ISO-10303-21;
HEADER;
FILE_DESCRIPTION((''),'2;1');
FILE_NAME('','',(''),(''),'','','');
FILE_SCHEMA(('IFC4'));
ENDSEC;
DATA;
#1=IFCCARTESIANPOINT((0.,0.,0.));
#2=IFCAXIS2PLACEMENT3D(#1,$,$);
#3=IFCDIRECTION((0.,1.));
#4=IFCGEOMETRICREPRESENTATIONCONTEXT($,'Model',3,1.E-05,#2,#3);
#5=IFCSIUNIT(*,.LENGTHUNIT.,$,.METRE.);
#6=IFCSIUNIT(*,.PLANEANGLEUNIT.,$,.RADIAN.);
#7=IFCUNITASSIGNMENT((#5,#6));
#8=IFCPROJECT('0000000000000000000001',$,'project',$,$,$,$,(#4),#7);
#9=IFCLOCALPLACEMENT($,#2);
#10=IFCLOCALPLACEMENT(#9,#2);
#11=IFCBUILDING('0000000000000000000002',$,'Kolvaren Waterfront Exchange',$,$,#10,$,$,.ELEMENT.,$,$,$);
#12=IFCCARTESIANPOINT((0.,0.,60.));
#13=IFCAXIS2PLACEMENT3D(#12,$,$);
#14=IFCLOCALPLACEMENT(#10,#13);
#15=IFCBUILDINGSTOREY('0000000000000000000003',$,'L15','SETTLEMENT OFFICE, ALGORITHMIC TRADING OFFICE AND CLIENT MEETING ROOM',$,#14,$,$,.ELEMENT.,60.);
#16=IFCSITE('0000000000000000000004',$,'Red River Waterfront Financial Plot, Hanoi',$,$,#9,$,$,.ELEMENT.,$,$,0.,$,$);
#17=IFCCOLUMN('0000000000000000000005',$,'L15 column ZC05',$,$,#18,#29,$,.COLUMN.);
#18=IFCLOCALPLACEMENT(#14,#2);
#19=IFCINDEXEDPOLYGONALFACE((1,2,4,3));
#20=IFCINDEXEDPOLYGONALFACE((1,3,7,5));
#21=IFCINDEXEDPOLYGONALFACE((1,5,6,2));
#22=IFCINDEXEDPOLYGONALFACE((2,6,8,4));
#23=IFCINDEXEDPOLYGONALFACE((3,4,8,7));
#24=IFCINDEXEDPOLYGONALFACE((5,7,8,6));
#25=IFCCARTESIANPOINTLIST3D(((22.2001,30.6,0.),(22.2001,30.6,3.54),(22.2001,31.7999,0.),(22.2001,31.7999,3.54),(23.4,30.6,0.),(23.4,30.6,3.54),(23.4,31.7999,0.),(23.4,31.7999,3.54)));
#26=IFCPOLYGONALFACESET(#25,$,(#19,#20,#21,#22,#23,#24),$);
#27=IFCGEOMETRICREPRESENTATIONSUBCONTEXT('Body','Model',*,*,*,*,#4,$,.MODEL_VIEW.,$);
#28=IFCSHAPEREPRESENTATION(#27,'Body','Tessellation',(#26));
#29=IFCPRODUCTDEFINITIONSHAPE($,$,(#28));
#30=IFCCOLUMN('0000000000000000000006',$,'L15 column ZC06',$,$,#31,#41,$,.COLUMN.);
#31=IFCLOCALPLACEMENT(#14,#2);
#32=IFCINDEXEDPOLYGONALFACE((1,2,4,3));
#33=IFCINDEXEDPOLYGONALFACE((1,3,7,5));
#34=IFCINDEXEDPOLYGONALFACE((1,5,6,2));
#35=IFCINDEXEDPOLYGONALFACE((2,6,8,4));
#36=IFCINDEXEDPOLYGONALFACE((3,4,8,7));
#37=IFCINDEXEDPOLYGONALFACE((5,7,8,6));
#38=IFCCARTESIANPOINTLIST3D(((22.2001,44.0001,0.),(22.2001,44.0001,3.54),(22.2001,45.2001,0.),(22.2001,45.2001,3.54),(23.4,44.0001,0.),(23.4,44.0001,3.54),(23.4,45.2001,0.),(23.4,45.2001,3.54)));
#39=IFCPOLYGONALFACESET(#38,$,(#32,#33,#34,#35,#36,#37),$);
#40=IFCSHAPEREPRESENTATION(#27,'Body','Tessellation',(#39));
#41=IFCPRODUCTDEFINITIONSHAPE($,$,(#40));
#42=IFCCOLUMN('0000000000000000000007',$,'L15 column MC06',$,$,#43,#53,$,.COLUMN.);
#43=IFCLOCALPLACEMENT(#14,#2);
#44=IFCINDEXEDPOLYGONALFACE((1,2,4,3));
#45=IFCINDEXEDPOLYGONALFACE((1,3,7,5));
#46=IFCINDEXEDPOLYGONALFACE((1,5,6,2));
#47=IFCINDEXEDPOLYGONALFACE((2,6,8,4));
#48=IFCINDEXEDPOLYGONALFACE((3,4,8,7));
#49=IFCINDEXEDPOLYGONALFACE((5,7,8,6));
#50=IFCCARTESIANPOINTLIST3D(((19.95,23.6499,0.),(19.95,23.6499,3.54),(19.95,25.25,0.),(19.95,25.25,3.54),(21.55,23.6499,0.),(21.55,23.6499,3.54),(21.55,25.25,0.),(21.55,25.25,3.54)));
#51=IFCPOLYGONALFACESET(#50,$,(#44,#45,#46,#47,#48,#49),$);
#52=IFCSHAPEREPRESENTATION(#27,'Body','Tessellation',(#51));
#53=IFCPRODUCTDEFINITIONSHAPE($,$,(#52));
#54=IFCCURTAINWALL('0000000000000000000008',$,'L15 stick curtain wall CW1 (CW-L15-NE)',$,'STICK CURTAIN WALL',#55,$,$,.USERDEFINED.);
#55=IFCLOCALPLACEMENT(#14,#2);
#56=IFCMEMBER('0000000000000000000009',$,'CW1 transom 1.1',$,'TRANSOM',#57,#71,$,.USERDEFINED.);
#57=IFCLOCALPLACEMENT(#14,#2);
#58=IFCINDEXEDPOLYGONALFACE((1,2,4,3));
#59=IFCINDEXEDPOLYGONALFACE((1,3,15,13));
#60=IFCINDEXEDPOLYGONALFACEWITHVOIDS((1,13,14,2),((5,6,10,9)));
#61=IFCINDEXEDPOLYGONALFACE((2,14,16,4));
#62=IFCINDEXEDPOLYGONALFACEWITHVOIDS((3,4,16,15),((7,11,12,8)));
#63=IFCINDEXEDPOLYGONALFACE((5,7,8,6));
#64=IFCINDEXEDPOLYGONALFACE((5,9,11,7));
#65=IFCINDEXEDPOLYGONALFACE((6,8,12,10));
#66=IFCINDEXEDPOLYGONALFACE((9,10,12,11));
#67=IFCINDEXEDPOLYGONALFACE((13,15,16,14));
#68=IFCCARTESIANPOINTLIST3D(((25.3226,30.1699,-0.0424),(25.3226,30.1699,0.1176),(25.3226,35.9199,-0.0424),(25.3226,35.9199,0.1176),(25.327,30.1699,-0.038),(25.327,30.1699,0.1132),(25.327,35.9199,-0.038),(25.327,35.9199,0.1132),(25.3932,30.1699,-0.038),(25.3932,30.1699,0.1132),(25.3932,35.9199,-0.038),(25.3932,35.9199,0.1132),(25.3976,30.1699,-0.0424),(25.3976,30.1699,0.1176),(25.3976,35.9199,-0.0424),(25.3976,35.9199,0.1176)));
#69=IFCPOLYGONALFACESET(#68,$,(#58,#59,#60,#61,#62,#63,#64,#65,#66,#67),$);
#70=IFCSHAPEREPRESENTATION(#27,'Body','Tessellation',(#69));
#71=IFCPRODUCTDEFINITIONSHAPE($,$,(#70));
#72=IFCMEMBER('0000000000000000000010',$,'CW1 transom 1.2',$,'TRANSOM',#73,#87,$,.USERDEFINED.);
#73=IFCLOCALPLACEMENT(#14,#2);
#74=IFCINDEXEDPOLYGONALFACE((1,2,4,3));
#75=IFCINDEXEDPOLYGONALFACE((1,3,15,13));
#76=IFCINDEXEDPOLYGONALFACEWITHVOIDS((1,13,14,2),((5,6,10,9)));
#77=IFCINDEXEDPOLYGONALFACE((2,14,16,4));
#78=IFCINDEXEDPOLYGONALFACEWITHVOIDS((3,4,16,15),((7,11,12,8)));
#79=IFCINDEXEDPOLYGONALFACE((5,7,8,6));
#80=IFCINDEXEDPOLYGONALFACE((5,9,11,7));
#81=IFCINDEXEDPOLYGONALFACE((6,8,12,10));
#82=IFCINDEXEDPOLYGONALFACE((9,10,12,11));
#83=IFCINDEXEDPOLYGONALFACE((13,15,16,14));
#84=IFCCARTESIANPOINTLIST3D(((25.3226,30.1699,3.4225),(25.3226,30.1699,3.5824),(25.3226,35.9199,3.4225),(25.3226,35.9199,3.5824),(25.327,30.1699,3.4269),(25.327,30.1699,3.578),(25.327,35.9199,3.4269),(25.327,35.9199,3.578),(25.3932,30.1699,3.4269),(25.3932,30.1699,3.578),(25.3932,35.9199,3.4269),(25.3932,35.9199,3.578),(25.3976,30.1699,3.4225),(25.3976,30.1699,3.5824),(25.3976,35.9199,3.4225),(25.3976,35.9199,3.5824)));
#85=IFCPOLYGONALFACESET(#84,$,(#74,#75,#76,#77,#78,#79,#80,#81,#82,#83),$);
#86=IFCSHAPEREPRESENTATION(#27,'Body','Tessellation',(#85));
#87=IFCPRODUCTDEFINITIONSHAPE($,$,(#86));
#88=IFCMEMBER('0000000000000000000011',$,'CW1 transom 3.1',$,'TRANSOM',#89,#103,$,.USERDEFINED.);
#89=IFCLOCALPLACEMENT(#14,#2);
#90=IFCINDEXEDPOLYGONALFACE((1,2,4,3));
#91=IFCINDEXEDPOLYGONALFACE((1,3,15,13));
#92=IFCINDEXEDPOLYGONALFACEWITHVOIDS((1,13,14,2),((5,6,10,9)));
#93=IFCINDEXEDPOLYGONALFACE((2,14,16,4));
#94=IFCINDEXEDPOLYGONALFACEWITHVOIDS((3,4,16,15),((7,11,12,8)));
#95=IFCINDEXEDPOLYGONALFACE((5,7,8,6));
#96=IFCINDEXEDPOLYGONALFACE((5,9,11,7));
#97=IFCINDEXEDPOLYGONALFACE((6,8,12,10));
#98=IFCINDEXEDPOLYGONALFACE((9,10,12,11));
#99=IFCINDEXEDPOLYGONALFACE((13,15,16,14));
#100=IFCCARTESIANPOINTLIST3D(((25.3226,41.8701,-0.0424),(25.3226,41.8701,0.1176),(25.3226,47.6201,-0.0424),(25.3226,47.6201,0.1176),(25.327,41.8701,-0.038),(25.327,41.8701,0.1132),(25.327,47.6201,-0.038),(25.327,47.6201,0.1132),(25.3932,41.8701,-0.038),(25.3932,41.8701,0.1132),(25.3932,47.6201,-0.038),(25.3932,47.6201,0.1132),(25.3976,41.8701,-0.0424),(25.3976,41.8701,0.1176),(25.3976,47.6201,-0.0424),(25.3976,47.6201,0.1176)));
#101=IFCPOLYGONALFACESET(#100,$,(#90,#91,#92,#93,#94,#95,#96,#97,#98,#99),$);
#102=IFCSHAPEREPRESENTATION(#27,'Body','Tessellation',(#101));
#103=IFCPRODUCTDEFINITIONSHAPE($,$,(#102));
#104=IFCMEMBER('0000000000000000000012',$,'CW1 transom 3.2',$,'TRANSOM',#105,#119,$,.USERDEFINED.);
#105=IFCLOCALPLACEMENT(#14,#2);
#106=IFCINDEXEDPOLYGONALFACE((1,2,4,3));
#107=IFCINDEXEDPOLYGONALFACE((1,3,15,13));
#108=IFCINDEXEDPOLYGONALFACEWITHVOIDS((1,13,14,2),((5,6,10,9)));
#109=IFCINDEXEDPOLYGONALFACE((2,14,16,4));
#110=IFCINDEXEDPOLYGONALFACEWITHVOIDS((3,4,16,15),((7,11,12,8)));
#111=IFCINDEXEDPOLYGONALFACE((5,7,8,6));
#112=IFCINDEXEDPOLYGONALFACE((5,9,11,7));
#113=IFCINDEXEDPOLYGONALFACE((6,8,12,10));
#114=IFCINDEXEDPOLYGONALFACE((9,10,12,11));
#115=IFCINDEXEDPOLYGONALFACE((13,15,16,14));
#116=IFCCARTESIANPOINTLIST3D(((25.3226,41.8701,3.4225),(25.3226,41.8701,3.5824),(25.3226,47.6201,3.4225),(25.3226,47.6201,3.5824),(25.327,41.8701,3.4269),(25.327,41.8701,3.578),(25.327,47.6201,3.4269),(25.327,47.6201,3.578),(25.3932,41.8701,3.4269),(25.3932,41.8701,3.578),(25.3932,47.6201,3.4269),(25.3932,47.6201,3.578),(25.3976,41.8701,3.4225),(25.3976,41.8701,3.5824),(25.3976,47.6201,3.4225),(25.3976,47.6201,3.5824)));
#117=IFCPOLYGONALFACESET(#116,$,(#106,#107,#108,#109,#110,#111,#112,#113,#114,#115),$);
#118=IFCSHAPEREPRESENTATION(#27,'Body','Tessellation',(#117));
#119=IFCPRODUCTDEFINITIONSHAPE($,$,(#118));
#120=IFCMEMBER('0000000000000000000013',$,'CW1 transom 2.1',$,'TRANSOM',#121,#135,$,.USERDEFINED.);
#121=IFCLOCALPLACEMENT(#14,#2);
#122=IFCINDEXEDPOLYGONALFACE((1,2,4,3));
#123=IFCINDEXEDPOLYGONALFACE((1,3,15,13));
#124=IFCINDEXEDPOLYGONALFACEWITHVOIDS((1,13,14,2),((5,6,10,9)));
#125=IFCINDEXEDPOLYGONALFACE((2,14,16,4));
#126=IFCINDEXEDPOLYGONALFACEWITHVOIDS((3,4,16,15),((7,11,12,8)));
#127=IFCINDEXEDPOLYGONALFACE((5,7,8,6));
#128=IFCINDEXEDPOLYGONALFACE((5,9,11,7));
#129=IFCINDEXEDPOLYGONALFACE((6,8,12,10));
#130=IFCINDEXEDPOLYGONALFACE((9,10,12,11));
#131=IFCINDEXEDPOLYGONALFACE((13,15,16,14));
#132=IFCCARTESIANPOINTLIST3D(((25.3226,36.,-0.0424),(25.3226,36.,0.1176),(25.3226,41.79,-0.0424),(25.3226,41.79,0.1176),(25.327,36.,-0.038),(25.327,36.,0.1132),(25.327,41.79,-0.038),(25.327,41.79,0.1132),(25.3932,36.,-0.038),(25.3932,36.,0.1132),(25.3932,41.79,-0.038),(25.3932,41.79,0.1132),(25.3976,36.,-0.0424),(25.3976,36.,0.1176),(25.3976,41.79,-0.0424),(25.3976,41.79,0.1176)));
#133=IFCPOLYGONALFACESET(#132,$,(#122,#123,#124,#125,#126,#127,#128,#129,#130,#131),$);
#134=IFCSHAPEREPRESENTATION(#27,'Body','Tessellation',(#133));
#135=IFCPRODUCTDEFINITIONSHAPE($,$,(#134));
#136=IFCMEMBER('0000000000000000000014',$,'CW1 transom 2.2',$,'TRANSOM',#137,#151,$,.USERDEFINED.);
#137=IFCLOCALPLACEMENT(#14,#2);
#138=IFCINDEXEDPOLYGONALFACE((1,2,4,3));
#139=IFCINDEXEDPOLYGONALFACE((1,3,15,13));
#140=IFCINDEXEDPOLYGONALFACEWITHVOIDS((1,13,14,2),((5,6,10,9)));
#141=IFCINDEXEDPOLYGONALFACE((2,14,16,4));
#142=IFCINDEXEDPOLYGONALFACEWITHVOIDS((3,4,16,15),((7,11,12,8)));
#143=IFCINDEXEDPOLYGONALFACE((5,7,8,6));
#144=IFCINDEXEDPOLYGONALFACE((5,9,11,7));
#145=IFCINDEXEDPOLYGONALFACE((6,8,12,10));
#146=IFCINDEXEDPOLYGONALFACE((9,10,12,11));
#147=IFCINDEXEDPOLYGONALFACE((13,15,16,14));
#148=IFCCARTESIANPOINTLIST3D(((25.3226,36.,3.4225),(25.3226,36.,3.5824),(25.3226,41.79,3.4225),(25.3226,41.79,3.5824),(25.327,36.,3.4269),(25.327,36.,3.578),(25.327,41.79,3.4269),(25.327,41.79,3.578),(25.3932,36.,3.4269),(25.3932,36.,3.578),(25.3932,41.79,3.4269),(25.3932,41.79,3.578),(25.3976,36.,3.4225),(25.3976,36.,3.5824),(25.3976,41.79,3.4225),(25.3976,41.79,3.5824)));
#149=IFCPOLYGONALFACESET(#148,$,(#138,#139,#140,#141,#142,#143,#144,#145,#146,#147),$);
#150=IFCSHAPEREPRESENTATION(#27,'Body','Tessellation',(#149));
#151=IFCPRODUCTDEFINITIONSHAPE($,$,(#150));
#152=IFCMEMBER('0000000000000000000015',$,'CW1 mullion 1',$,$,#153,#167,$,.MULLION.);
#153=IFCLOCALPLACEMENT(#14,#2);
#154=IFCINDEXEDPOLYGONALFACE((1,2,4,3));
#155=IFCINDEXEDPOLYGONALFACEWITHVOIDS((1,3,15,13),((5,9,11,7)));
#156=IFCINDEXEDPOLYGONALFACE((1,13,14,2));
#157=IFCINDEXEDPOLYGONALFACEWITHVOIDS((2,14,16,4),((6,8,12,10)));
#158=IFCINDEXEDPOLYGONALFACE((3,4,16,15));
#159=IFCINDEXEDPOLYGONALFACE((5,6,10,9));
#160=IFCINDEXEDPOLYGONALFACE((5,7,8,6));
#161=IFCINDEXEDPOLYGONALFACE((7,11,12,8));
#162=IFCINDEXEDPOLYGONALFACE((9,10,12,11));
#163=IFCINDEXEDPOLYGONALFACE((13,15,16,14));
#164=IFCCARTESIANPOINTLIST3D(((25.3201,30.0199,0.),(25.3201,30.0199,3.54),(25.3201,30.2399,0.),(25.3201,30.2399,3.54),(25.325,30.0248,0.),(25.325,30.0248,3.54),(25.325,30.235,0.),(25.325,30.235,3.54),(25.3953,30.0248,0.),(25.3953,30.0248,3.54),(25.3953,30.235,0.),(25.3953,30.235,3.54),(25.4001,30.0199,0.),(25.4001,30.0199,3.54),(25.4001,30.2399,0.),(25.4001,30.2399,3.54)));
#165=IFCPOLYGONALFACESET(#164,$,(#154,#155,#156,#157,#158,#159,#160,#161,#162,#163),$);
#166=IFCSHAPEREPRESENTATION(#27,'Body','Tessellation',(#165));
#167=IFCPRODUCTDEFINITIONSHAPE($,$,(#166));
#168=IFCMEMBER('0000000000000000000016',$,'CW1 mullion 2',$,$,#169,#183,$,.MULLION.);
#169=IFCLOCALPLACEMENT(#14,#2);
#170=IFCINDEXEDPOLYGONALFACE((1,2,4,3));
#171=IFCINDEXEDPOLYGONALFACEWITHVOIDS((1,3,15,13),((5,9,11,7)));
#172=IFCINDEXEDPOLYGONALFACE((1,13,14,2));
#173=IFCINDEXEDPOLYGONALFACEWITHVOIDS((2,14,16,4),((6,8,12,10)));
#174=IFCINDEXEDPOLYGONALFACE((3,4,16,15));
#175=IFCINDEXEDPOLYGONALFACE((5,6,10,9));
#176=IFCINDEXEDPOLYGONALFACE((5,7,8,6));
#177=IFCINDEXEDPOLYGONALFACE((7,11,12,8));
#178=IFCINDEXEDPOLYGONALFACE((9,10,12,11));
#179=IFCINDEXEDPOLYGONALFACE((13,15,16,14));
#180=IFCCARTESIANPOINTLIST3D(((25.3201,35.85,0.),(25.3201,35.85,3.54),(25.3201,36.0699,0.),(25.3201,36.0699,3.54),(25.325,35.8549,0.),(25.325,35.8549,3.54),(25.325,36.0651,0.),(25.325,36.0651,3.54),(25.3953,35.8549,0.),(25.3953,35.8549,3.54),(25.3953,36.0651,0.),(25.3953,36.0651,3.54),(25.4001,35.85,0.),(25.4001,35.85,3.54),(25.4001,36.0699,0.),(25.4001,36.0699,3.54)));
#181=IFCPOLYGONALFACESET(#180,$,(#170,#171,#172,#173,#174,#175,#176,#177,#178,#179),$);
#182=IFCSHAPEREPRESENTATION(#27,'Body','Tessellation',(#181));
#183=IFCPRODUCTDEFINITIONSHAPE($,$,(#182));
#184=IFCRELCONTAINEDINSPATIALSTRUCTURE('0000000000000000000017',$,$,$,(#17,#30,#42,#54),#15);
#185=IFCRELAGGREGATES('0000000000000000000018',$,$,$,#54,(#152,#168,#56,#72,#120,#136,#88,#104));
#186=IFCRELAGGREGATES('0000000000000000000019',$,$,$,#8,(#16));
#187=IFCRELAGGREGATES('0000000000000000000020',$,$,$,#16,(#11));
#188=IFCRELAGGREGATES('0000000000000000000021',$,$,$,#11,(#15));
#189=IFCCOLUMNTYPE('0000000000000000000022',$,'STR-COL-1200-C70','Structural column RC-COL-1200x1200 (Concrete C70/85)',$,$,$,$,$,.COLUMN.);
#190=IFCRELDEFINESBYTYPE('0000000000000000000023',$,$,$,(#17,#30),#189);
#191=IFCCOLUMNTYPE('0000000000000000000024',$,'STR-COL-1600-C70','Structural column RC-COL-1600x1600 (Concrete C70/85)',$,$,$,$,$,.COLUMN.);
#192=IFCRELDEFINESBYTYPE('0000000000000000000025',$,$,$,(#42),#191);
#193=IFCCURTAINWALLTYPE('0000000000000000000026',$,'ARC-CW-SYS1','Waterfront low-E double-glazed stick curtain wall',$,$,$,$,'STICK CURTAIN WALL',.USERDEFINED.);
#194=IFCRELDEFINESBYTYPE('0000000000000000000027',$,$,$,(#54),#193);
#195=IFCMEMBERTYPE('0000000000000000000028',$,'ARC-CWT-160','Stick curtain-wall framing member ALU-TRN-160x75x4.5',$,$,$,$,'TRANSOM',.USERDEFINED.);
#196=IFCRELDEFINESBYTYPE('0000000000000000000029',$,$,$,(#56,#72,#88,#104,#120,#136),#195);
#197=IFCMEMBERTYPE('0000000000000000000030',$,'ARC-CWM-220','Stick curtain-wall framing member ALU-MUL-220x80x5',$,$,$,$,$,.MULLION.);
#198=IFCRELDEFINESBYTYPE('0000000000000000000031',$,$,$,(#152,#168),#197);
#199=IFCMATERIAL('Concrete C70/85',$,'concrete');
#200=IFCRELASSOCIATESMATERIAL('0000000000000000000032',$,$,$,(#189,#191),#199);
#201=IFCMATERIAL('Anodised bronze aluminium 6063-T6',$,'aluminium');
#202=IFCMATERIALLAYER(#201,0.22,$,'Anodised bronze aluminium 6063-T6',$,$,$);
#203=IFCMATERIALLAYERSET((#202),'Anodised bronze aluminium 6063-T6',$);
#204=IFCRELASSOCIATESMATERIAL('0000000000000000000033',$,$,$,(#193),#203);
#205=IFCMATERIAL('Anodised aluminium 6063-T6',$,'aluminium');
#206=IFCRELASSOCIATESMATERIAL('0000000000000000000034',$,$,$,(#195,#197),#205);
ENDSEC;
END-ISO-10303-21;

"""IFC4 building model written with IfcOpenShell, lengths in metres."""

from ifc_helpers import new_model, si_unit, direction, frame, origin, origin_with_axes, origin_2d, place, context, subcontext, project, spatial, rectangle, hollow_rectangle, extrude, source, transform, mapped, material, layer, layer_set, material_profile, profile_set, type_object, element, aggregate, save


model = new_model("IFC4")

# Units and contexts
model_context = context("Model", 3, precision=1e-05, world=origin(), true_north=direction((0.0, 1.0)))
body_context = subcontext(model_context, "Body", "Model", "MODEL_VIEW")
ifc_project = project(units=[si_unit("LENGTHUNIT", "METRE"), si_unit("PLANEANGLEUNIT", "RADIAN")], contexts=[model_context])

# Site, building, storey
site_placement = place(None, origin())
site = spatial("IfcSite", under=ifc_project, at=site_placement, Name="Red River Waterfront Financial Plot, Hanoi", CompositionType="ELEMENT", RefElevation=0.0)
building_placement = place(site_placement, origin())
building = spatial("IfcBuilding", under=site, at=building_placement, Name="Kolvaren Waterfront Exchange", CompositionType="ELEMENT")
storey_placement = place(building_placement, frame((0.0, 0.0, 60.0)))
storey = spatial("IfcBuildingStorey", under=building, at=storey_placement, Name="L15", Description="SETTLEMENT OFFICE, ALGORITHMIC TRADING OFFICE AND CLIENT MEETING ROOM", CompositionType="ELEMENT", Elevation=60.0)

# Columns
ifc_material_1 = material(Name="Concrete C70/85", Category="concrete")
ifc_material_profile_1 = material_profile(ifc_material_1, rectangle(XDim=1.2, YDim=1.2, at=origin_2d()), Name="RC-COL-1200x1200")
ifc_profile_set_1 = profile_set([ifc_material_profile_1], Name="Concrete C70/85")
column_type_1 = type_object("IfcColumnType", Name="STR-COL-1200-C70", Description="Structural column RC-COL-1200x1200 (Concrete C70/85)", PredefinedType="COLUMN", material=ifc_profile_set_1)
for number, where, z_axis, x_axis, name in (
    (1, (22.8, 31.2, 0.0), (0.0, 0.0, 1.0), (1.0, 0.0, 0.0), "L15 column ZC05"),
    (2, (22.8, 44.6001, 0.0), (0.0, 0.0, 1.0), (1.0, 0.0, 0.0), "L15 column ZC06"),
):
    element("IfcColumn", number, at=place(storey_placement, frame(where, z_axis=z_axis, x_axis=x_axis)), inside=storey, type_object=column_type_1, Name=name, PredefinedType="COLUMN", context=body_context, shape_type="SweptSolid", body=[
        extrude(rectangle(XDim=1.2, YDim=1.2, at=origin_2d()), origin(), (0.0, 0.0, 1.0), 3.54),
    ])
ifc_material_profile_2 = material_profile(ifc_material_1, rectangle(XDim=1.6001, YDim=1.6001, at=origin_2d()), Name="RC-COL-1600x1600")
ifc_profile_set_2 = profile_set([ifc_material_profile_2], Name="Concrete C70/85")
column_type_2 = type_object("IfcColumnType", Name="STR-COL-1600-C70", Description="Structural column RC-COL-1600x1600 (Concrete C70/85)", PredefinedType="COLUMN", material=ifc_profile_set_2)
column_placement = place(storey_placement, frame((20.75, 24.45, 0.0), z_axis=(0.0, 0.0, 1.0), x_axis=(1.0, 0.0, 0.0)))
element("IfcColumn", 3, at=column_placement, inside=storey, type_object=column_type_2, Name="L15 column MC06", PredefinedType="COLUMN", context=body_context, shape_type="SweptSolid", body=[
    extrude(rectangle(XDim=1.6001, YDim=1.6001, at=origin_2d()), origin(), (0.0, 0.0, 1.0), 3.54),
])

# Curtain wall, members
ifc_material_2 = material(Name="Anodised bronze aluminium 6063-T6", Category="aluminium")
ifc_layer_1 = layer(ifc_material_2, 0.22, Name="Anodised bronze aluminium 6063-T6")
ifc_layer_set_1 = layer_set([ifc_layer_1], Name="Anodised bronze aluminium 6063-T6")
curtain_wall_type = type_object("IfcCurtainWallType", Name="ARC-CW-SYS1", Description="Waterfront low-E double-glazed stick curtain wall", ElementType="STICK CURTAIN WALL", PredefinedType="USERDEFINED", material=ifc_layer_set_1)
curtain_wall_placement = place(storey_placement, origin())
curtain_wall = element("IfcCurtainWall", 4, at=curtain_wall_placement, inside=storey, type_object=curtain_wall_type, Name="L15 stick curtain wall CW1 (CW-L15-NE)", ObjectType="STICK CURTAIN WALL", PredefinedType="USERDEFINED")
ifc_material_3 = material(Name="Anodised aluminium 6063-T6", Category="aluminium")
ifc_material_profile_3 = material_profile(ifc_material_3, hollow_rectangle(XDim=0.075, YDim=0.1599, WallThickness=0.0044, at=origin_2d()), Name="ALU-TRN-160x75x4.5")
ifc_profile_set_3 = profile_set([ifc_material_profile_3], Name="Anodised aluminium 6063-T6")
member_type_1 = type_object("IfcMemberType", Name="ARC-CWT-160", Description="Stick curtain-wall framing member ALU-TRN-160x75x4.5", ElementType="TRANSOM", PredefinedType="USERDEFINED", material=ifc_profile_set_3)
shared_shape_1 = source(origin_with_axes(), body_context, "Body", "SweptSolid", [
    extrude(hollow_rectangle(XDim=0.075, YDim=0.1599, WallThickness=0.0044, at=origin_2d()), origin(), (0.0, 0.0, 1.0), 5.75),
])
member_1_placement = place(storey_placement, frame((25.3601, 30.1699, 0.0376), z_axis=(0.0, 1.0, 0.0), x_axis=(-1.0, 0.0, 0.0)))
member_1 = element("IfcMember", 5, at=member_1_placement, type_object=member_type_1, Name="CW1 transom 1.1", ObjectType="TRANSOM", PredefinedType="USERDEFINED", context=body_context, shape_type="MappedRepresentation", body=[
    mapped(shared_shape_1, transform((0.0, 0.0, 0.0), x_axis=(1.0, 0.0, 0.0), y_axis=(0.0, 1.0, 0.0), z_axis=(0.0, 0.0, 1.0), scale=1.0)),
])
member_2_placement = place(storey_placement, frame((25.3601, 30.1699, 3.5024), z_axis=(0.0, 1.0, 0.0), x_axis=(-1.0, 0.0, 0.0)))
member_2 = element("IfcMember", 6, at=member_2_placement, type_object=member_type_1, Name="CW1 transom 1.2", ObjectType="TRANSOM", PredefinedType="USERDEFINED", context=body_context, shape_type="MappedRepresentation", body=[
    mapped(shared_shape_1, transform((0.0, 0.0, 0.0), x_axis=(1.0, 0.0, 0.0), y_axis=(0.0, 1.0, 0.0), z_axis=(0.0, 0.0, 1.0), scale=1.0)),
])
member_3_placement = place(storey_placement, frame((25.3601, 41.8701, 0.0376), z_axis=(0.0, 1.0, 0.0), x_axis=(-1.0, 0.0, 0.0)))
member_3 = element("IfcMember", 7, at=member_3_placement, type_object=member_type_1, Name="CW1 transom 3.1", ObjectType="TRANSOM", PredefinedType="USERDEFINED", context=body_context, shape_type="MappedRepresentation", body=[
    mapped(shared_shape_1, transform((0.0, 0.0, 0.0), x_axis=(1.0, 0.0, 0.0), y_axis=(0.0, 1.0, 0.0), z_axis=(0.0, 0.0, 1.0), scale=1.0)),
])
member_4_placement = place(storey_placement, frame((25.3601, 41.8701, 3.5024), z_axis=(0.0, 1.0, 0.0), x_axis=(-1.0, 0.0, 0.0)))
member_4 = element("IfcMember", 8, at=member_4_placement, type_object=member_type_1, Name="CW1 transom 3.2", ObjectType="TRANSOM", PredefinedType="USERDEFINED", context=body_context, shape_type="MappedRepresentation", body=[
    mapped(shared_shape_1, transform((0.0, 0.0, 0.0), x_axis=(1.0, 0.0, 0.0), y_axis=(0.0, 1.0, 0.0), z_axis=(0.0, 0.0, 1.0), scale=1.0)),
])
shared_shape_2 = source(origin_with_axes(), body_context, "Body", "SweptSolid", [
    extrude(hollow_rectangle(XDim=0.075, YDim=0.1599, WallThickness=0.0044, at=origin_2d()), origin(), (0.0, 0.0, 1.0), 5.79),
])
member_5_placement = place(storey_placement, frame((25.3601, 36.0, 0.0376), z_axis=(0.0, 1.0, 0.0), x_axis=(-1.0, 0.0, 0.0)))
member_5 = element("IfcMember", 9, at=member_5_placement, type_object=member_type_1, Name="CW1 transom 2.1", ObjectType="TRANSOM", PredefinedType="USERDEFINED", context=body_context, shape_type="MappedRepresentation", body=[
    mapped(shared_shape_2, transform((0.0, 0.0, 0.0), x_axis=(1.0, 0.0, 0.0), y_axis=(0.0, 1.0, 0.0), z_axis=(0.0, 0.0, 1.0), scale=1.0)),
])
member_6_placement = place(storey_placement, frame((25.3601, 36.0, 3.5024), z_axis=(0.0, 1.0, 0.0), x_axis=(-1.0, 0.0, 0.0)))
member_6 = element("IfcMember", 10, at=member_6_placement, type_object=member_type_1, Name="CW1 transom 2.2", ObjectType="TRANSOM", PredefinedType="USERDEFINED", context=body_context, shape_type="MappedRepresentation", body=[
    mapped(shared_shape_2, transform((0.0, 0.0, 0.0), x_axis=(1.0, 0.0, 0.0), y_axis=(0.0, 1.0, 0.0), z_axis=(0.0, 0.0, 1.0), scale=1.0)),
])
ifc_material_profile_4 = material_profile(ifc_material_3, hollow_rectangle(XDim=0.0801, YDim=0.22, WallThickness=0.0049, at=origin_2d()), Name="ALU-MUL-220x80x5")
ifc_profile_set_4 = profile_set([ifc_material_profile_4], Name="Anodised aluminium 6063-T6")
member_type_2 = type_object("IfcMemberType", Name="ARC-CWM-220", Description="Stick curtain-wall framing member ALU-MUL-220x80x5", PredefinedType="MULLION", material=ifc_profile_set_4)
shared_shape_3 = source(origin_with_axes(), body_context, "Body", "SweptSolid", [
    extrude(hollow_rectangle(XDim=0.0801, YDim=0.22, WallThickness=0.0049, at=origin_2d()), origin(), (0.0, 0.0, 1.0), 3.54),
])
member_7_placement = place(storey_placement, frame((25.3601, 30.1299, 0.0), z_axis=(0.0, 0.0, 1.0), x_axis=(-1.0, 0.0, 0.0)))
member_7 = element("IfcMember", 11, at=member_7_placement, type_object=member_type_2, Name="CW1 mullion 1", PredefinedType="MULLION", context=body_context, shape_type="MappedRepresentation", body=[
    mapped(shared_shape_3, transform((0.0, 0.0, 0.0), x_axis=(1.0, 0.0, 0.0), y_axis=(0.0, 1.0, 0.0), z_axis=(0.0, 0.0, 1.0), scale=1.0)),
])
member_8_placement = place(storey_placement, frame((25.3601, 35.96, 0.0), z_axis=(0.0, 0.0, 1.0), x_axis=(-1.0, 0.0, 0.0)))
member_8 = element("IfcMember", 12, at=member_8_placement, type_object=member_type_2, Name="CW1 mullion 2", PredefinedType="MULLION", context=body_context, shape_type="MappedRepresentation", body=[
    mapped(shared_shape_3, transform((0.0, 0.0, 0.0), x_axis=(1.0, 0.0, 0.0), y_axis=(0.0, 1.0, 0.0), z_axis=(0.0, 0.0, 1.0), scale=1.0)),
])
aggregate(curtain_wall, [member_7, member_8, member_1, member_2, member_5, member_6, member_3, member_4])

save(model, "model.ifc")
